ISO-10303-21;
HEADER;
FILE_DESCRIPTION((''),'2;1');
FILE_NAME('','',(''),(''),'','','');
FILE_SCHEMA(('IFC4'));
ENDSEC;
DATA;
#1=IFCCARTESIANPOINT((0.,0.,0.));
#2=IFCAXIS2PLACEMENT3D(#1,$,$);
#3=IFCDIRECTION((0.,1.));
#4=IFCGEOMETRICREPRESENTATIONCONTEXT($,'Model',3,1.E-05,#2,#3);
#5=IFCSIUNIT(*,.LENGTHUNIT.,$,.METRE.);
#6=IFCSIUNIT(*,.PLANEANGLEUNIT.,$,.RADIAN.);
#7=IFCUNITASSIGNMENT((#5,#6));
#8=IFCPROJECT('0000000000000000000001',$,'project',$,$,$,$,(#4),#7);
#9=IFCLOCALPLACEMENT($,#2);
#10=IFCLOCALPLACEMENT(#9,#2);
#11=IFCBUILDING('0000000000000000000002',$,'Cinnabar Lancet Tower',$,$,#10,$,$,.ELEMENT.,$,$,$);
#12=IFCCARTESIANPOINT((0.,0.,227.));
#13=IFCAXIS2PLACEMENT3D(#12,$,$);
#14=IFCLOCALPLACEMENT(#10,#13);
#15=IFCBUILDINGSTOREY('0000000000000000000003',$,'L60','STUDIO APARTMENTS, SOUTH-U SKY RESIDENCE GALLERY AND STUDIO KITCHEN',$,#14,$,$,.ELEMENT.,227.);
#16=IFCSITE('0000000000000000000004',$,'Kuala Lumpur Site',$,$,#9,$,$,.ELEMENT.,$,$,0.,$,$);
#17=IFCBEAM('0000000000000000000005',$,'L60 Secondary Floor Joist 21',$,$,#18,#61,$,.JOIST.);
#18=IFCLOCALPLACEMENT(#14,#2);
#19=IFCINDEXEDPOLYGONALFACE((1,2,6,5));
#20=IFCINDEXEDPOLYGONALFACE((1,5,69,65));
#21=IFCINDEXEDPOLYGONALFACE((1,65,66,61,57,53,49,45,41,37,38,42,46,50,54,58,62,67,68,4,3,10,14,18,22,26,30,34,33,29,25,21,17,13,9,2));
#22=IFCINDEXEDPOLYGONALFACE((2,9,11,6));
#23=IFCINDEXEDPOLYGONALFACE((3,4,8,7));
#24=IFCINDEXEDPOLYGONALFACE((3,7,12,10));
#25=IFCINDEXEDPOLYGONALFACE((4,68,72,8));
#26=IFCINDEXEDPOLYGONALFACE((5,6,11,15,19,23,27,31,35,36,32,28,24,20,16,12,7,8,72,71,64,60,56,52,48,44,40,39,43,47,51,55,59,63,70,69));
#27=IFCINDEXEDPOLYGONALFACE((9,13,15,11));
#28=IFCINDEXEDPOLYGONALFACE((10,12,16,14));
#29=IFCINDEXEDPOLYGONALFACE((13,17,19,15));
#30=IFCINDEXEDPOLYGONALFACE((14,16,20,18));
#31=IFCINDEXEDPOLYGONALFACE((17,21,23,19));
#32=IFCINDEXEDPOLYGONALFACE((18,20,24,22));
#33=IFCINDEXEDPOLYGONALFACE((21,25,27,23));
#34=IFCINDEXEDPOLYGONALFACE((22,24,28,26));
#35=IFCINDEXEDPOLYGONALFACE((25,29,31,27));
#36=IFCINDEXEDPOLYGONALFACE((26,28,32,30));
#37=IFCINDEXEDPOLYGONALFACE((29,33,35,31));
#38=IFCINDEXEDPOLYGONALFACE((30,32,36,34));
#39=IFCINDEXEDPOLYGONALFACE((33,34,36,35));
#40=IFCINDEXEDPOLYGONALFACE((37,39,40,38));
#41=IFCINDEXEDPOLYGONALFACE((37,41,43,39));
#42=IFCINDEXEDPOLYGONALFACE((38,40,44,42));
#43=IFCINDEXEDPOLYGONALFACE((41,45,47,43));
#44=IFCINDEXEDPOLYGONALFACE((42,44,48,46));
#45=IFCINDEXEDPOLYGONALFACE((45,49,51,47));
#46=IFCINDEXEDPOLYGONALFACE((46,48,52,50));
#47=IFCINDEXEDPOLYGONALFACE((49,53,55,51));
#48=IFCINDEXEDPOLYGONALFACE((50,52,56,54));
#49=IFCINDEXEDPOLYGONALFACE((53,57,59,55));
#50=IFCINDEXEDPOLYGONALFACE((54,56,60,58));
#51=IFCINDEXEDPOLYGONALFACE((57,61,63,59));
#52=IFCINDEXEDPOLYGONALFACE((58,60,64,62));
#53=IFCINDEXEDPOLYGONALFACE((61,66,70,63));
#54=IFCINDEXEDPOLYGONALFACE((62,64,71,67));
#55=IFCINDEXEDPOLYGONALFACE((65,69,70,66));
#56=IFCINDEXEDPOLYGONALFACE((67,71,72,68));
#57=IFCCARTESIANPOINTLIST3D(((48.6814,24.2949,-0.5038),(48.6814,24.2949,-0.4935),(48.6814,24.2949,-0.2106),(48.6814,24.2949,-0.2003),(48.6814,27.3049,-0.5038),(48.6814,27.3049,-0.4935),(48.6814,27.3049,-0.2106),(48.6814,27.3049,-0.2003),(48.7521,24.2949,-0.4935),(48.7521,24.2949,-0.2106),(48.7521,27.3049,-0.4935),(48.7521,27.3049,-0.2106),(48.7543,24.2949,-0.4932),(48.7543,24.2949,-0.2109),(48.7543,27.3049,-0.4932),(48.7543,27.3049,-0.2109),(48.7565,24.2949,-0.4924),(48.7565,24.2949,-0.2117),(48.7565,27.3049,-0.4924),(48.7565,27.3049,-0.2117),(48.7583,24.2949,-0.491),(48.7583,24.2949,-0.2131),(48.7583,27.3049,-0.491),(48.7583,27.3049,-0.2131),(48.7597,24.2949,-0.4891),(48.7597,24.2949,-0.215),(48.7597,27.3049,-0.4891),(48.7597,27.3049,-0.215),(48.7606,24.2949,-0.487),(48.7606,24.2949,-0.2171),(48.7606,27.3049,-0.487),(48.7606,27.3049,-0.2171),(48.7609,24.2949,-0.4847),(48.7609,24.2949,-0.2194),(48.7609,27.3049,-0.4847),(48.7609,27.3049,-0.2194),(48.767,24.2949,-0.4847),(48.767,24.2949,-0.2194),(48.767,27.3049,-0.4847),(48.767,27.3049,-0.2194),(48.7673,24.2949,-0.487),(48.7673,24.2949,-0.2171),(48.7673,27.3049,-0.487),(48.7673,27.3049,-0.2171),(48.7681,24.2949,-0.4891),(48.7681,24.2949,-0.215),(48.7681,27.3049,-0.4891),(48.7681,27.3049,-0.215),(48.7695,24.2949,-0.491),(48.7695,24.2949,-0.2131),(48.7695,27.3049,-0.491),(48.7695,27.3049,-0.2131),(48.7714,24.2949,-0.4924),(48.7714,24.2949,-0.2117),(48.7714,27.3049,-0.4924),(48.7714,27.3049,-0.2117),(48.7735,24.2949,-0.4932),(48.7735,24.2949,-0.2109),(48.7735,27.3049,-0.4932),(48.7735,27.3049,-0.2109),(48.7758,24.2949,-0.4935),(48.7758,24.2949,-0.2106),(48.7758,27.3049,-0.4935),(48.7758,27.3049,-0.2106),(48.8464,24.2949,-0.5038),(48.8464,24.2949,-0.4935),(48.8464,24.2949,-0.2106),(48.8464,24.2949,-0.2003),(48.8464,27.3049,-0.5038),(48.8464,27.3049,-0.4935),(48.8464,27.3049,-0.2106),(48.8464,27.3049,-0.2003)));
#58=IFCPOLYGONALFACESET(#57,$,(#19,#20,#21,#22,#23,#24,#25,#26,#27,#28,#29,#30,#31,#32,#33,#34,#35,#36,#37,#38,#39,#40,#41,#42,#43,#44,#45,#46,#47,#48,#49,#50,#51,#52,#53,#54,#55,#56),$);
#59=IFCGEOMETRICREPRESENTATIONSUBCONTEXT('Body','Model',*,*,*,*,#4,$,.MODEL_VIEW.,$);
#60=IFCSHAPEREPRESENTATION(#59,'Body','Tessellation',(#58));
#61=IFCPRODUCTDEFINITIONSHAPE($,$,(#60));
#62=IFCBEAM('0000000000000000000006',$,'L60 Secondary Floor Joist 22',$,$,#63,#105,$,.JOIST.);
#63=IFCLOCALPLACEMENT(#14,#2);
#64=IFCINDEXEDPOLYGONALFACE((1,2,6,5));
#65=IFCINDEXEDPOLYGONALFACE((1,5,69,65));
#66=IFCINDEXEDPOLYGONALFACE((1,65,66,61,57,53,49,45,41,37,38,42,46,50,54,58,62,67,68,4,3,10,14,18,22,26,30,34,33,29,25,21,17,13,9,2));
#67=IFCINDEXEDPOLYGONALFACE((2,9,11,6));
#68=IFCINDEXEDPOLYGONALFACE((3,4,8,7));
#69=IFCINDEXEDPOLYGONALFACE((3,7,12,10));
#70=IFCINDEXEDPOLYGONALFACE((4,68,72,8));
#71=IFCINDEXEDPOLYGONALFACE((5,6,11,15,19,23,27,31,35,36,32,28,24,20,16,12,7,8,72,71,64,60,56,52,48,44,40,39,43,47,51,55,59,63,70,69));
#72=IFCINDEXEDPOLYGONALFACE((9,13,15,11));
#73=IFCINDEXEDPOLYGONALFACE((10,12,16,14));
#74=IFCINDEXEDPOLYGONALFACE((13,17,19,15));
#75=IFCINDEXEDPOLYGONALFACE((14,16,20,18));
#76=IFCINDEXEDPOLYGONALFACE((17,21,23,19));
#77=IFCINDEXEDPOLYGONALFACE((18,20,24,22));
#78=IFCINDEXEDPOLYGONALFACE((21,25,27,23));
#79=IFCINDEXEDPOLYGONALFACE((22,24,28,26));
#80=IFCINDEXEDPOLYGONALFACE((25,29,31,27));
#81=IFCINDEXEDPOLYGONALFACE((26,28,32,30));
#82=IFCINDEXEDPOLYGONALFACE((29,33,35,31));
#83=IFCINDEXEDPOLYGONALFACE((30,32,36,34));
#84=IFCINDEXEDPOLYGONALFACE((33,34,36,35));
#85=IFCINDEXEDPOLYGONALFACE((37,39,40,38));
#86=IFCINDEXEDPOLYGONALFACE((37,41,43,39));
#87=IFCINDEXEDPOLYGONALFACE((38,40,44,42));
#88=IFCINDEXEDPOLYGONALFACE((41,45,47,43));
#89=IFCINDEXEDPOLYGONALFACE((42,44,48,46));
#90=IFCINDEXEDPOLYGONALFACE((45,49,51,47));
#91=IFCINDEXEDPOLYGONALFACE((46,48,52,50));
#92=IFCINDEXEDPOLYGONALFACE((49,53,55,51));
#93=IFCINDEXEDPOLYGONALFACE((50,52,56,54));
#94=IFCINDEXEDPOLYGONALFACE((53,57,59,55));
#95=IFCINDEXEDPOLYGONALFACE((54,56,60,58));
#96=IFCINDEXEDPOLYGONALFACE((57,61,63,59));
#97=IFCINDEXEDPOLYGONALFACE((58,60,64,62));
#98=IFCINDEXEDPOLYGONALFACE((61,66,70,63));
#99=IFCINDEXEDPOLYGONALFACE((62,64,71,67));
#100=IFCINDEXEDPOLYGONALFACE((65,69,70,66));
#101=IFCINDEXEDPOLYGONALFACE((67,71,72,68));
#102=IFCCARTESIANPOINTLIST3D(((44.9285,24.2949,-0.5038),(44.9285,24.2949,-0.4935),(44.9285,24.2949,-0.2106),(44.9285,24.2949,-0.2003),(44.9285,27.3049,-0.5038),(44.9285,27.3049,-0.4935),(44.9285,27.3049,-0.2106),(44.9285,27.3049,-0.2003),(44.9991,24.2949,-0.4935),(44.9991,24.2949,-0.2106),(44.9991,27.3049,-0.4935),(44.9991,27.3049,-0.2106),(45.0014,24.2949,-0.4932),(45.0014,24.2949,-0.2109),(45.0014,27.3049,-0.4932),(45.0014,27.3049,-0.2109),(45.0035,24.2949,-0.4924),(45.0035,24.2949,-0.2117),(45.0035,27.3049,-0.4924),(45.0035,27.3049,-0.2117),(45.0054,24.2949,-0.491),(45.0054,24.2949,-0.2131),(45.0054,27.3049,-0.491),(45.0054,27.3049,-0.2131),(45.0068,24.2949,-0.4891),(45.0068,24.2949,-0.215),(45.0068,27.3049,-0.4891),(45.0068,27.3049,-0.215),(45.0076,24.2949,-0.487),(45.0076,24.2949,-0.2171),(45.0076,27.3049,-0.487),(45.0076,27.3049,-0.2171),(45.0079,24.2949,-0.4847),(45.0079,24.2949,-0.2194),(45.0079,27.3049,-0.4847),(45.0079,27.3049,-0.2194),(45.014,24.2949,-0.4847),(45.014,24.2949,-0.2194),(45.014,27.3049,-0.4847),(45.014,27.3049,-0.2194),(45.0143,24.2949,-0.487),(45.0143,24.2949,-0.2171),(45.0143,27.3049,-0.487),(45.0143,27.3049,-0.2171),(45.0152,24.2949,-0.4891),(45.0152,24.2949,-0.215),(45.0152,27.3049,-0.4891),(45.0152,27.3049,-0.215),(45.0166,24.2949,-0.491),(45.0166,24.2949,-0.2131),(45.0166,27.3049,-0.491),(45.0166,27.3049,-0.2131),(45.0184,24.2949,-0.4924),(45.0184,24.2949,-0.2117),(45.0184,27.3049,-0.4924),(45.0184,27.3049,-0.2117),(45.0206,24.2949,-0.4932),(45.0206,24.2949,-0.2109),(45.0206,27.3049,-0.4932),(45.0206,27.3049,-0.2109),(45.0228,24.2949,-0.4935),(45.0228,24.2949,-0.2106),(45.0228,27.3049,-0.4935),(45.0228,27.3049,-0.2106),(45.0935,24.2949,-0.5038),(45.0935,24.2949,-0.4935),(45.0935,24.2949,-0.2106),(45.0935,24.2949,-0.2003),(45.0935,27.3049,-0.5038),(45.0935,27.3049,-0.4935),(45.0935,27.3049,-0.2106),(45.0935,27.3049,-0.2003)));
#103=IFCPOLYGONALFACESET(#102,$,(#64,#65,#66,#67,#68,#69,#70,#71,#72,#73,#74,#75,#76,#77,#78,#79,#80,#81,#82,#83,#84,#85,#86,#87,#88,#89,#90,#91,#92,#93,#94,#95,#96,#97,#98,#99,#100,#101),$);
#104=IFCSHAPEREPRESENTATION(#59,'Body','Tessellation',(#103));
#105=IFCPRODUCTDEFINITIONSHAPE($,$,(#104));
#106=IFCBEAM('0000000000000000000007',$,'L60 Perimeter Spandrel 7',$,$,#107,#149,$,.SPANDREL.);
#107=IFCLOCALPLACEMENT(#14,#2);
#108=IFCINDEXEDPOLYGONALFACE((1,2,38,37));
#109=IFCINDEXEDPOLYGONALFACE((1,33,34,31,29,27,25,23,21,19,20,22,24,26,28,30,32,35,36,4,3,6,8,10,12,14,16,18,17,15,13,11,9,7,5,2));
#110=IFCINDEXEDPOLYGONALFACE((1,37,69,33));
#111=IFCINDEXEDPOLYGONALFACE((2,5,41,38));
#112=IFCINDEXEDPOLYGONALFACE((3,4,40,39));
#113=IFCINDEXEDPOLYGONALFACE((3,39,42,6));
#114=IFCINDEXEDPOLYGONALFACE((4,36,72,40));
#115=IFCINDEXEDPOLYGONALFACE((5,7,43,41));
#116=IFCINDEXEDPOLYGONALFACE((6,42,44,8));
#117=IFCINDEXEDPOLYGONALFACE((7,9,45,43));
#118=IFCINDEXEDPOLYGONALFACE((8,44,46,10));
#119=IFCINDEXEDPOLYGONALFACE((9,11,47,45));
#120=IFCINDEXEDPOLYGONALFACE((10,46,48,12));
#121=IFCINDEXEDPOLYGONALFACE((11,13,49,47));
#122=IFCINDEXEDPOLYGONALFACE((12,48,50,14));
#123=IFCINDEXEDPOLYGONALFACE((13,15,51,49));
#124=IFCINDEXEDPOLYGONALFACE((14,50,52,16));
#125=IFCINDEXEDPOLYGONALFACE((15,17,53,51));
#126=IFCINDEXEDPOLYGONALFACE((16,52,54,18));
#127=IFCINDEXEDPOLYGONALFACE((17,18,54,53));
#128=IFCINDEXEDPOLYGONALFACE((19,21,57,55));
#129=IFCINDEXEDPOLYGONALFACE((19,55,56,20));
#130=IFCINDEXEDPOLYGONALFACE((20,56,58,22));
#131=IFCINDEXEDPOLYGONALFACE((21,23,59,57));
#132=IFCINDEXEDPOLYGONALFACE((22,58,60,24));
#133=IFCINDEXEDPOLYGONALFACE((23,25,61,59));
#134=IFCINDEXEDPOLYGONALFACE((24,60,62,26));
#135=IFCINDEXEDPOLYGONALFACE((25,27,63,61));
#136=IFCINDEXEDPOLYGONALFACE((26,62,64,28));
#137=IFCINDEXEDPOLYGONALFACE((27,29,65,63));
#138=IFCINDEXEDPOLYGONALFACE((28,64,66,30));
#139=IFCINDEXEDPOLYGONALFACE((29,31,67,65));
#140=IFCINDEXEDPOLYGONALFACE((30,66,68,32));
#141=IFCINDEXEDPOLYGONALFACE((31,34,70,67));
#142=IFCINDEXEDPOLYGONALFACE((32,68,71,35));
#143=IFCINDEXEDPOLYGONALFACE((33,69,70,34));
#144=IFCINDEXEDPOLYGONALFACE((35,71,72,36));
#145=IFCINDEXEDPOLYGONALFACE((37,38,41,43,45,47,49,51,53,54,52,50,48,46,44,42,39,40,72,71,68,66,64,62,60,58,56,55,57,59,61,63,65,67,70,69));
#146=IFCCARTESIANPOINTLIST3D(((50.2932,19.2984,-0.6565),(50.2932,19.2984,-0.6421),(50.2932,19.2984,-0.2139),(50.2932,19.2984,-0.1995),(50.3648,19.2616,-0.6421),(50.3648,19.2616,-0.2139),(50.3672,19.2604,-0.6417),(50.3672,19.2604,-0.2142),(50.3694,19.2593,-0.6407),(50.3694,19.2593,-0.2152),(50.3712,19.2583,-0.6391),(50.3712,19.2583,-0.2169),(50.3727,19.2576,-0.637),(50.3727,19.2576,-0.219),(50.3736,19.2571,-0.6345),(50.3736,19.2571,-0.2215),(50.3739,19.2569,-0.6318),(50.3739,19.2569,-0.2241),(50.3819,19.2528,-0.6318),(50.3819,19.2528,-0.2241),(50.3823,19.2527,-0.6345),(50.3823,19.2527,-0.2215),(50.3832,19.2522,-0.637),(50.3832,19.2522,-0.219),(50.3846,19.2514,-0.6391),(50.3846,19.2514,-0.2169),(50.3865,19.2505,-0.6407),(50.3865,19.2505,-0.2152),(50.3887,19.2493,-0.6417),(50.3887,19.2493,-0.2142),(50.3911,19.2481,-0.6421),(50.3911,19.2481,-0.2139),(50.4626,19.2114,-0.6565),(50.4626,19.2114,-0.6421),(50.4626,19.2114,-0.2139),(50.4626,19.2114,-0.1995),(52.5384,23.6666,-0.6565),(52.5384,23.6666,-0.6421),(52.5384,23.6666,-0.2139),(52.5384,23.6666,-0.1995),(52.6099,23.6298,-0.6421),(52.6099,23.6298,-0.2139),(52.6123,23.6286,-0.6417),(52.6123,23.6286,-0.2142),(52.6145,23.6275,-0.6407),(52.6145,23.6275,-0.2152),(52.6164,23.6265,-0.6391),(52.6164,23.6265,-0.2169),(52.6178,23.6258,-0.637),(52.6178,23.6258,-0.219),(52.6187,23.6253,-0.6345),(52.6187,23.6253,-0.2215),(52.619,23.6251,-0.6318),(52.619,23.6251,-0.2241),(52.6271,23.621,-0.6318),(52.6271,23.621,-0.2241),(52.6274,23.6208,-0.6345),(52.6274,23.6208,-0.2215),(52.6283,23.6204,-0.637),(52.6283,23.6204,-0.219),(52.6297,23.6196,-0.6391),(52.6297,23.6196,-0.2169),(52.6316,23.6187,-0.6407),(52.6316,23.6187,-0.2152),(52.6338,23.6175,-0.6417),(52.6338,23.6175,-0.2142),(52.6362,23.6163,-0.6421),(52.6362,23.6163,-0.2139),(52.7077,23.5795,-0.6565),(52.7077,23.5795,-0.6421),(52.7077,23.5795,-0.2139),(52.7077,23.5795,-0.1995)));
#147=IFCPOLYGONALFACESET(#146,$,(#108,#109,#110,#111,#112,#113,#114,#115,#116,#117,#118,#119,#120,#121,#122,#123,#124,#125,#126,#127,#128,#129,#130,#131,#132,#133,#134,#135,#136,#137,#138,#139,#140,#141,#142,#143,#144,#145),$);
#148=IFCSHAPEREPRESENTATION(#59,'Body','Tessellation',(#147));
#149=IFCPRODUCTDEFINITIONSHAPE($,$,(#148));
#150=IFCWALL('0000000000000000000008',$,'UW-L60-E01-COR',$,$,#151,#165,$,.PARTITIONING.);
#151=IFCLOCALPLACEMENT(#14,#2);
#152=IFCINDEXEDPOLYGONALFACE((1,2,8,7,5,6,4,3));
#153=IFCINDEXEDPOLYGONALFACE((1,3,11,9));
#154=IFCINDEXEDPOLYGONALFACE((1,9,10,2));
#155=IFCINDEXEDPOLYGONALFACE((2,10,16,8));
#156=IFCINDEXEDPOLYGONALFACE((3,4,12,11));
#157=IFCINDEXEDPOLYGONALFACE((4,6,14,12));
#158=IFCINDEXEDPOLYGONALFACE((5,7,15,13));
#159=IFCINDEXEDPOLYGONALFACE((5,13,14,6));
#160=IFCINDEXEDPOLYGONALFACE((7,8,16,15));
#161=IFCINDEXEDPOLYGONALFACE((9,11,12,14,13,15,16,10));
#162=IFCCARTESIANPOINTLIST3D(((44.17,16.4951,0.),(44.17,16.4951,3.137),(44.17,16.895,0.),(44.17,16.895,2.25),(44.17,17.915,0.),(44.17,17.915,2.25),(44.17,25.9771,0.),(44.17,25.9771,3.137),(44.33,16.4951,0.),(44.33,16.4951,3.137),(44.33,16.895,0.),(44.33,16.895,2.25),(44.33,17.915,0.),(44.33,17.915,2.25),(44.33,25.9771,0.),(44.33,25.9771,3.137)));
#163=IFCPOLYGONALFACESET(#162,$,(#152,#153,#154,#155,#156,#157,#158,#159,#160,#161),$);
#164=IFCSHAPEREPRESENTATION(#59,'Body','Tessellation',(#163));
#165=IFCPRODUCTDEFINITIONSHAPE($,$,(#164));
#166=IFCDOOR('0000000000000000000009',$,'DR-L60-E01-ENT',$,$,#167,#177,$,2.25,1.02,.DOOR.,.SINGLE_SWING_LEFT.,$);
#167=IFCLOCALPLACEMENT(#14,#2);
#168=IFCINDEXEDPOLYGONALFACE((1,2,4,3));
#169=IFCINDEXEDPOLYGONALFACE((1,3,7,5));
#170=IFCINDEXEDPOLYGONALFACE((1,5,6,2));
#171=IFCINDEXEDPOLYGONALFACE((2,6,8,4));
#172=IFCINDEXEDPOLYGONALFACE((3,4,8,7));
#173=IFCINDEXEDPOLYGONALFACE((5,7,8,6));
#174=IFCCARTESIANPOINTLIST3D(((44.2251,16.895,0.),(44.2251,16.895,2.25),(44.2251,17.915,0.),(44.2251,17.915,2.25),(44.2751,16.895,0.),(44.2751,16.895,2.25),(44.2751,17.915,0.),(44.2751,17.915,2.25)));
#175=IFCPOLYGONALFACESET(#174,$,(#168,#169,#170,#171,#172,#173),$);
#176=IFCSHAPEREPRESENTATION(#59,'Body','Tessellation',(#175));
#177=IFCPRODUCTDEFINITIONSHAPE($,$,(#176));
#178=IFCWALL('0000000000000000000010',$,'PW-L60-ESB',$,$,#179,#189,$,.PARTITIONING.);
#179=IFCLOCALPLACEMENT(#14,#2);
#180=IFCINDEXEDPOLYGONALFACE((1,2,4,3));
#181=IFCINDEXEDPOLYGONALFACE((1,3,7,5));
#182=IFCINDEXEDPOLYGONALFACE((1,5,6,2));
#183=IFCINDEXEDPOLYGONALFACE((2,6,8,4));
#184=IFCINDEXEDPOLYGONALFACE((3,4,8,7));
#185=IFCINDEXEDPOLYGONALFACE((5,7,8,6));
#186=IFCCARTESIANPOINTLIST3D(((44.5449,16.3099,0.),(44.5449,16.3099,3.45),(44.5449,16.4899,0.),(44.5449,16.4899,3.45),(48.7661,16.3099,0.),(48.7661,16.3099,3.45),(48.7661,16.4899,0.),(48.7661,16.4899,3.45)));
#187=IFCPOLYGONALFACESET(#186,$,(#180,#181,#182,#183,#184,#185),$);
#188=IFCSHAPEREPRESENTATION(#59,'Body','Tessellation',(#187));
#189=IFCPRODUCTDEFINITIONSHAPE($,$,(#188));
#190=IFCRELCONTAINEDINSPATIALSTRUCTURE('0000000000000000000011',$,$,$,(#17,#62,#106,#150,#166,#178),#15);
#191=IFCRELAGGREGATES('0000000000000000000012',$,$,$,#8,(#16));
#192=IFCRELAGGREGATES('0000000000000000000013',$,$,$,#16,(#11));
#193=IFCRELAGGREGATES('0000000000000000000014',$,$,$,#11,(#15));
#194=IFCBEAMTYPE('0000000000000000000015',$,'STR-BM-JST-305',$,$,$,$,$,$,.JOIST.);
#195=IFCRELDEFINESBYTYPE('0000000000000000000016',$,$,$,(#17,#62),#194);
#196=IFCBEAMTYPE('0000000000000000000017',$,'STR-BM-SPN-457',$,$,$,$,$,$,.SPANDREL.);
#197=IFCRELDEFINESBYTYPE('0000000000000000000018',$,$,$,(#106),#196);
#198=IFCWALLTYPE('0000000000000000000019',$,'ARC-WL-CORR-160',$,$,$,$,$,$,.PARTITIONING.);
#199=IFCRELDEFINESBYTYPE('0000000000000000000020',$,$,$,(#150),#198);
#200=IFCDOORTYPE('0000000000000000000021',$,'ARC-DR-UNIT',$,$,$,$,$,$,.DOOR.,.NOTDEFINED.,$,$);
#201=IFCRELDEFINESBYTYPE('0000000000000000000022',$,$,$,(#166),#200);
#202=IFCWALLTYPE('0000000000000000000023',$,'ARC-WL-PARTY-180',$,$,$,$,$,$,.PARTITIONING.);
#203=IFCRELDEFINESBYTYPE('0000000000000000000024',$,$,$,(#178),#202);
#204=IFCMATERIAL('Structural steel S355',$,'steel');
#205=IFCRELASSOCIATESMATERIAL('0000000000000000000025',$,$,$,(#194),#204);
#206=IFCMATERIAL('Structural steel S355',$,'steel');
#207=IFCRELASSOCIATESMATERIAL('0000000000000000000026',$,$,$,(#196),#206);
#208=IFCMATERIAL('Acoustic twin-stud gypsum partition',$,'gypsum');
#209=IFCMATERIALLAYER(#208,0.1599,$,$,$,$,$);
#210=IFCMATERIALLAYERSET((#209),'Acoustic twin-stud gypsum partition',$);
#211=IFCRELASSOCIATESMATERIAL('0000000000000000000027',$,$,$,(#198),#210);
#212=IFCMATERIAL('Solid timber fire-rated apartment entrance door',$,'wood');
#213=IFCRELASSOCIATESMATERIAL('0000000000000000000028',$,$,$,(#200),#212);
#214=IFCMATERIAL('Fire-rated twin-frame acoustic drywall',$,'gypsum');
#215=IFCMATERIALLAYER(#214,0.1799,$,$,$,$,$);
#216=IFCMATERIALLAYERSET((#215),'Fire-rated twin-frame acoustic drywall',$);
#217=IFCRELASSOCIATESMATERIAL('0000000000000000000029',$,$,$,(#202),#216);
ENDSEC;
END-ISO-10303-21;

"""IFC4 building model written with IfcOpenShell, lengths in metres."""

from ifc_helpers import new_model, si_unit, direction, frame, frame_2d, origin, origin_2d, place, context, subcontext, project, spatial, rectangle, i_section, extrude, material, layer, layer_set, material_profile, profile_set, type_object, element, fill, save


model = new_model("IFC4")

# Units and contexts
model_context = context("Model", 3, precision=1e-05, world=origin(), true_north=direction((0.0, 1.0)))
body_context = subcontext(model_context, "Body", "Model", "MODEL_VIEW")
ifc_project = project(units=[si_unit("LENGTHUNIT", "METRE"), si_unit("PLANEANGLEUNIT", "RADIAN")], contexts=[model_context])

# Site, building, storey
site_placement = place(None, origin())
site = spatial("IfcSite", under=ifc_project, at=site_placement, Name="Kuala Lumpur Site", CompositionType="ELEMENT", RefElevation=0.0)
building_placement = place(site_placement, origin())
building = spatial("IfcBuilding", under=site, at=building_placement, Name="Cinnabar Lancet Tower", CompositionType="ELEMENT")
storey_placement = place(building_placement, frame((0.0, 0.0, 227.0)))
storey = spatial("IfcBuildingStorey", under=building, at=storey_placement, Name="L60", Description="STUDIO APARTMENTS, SOUTH-U SKY RESIDENCE GALLERY AND STUDIO KITCHEN", CompositionType="ELEMENT", Elevation=227.0)

# Beams
ifc_material_1 = material(Name="Structural steel S355", Category="steel")
ifc_material_profile_1 = material_profile(ifc_material_1, i_section(OverallWidth=0.165, OverallDepth=0.3035, WebThickness=0.0061, FlangeThickness=0.0103, FilletRadius=0.0088, at=origin_2d()), Name="UKB 305x165x40")
ifc_profile_set_1 = profile_set([ifc_material_profile_1], Name="Structural steel S355")
beam_type_1 = type_object("IfcBeamType", Name="STR-BM-JST-305", PredefinedType="JOIST", material=ifc_profile_set_1)
for number, where, z_axis, x_axis, name in (
    (1, (48.7639, 24.2949, -0.3521), (0.0, 1.0, 0.0), (-1.0, 0.0, 0.0), "L60 Secondary Floor Joist 21"),
    (2, (45.011, 24.2949, -0.3521), (0.0, 1.0, 0.0), (-1.0, 0.0, 0.0), "L60 Secondary Floor Joist 22"),
):
    element("IfcBeam", number, at=place(storey_placement, frame(where, z_axis=z_axis, x_axis=x_axis)), inside=storey, type_object=beam_type_1, Name=name, PredefinedType="JOIST", context=body_context, shape_type="SweptSolid", body=[
        extrude(i_section(OverallWidth=0.165, OverallDepth=0.3035, WebThickness=0.0061, FlangeThickness=0.0103, FilletRadius=0.0088, at=origin_2d()), origin(), (0.0, 0.0, 1.0), 3.01),
    ])
ifc_material_2 = material(Name="Structural steel S355", Category="steel")
ifc_material_profile_2 = material_profile(ifc_material_2, i_section(OverallWidth=0.1904, OverallDepth=0.457, WebThickness=0.009, FlangeThickness=0.0144, FilletRadius=0.0103, at=origin_2d()), Name="UKB 457x191x74")
ifc_profile_set_2 = profile_set([ifc_material_profile_2], Name="Structural steel S355")
beam_type_2 = type_object("IfcBeamType", Name="STR-BM-SPN-457", PredefinedType="SPANDREL", material=ifc_profile_set_2)
beam_1_placement = place(storey_placement, frame((50.3779, 19.2549, -0.428), z_axis=(0.457128, 0.889401, 0.0), x_axis=(-0.889401, 0.457128, 0.0)))
element("IfcBeam", 3, at=beam_1_placement, inside=storey, type_object=beam_type_2, Name="L60 Perimeter Spandrel 7", PredefinedType="SPANDREL", context=body_context, shape_type="SweptSolid", body=[
    extrude(i_section(OverallWidth=0.1904, OverallDepth=0.457, WebThickness=0.009, FlangeThickness=0.0144, FilletRadius=0.0103, at=origin_2d()), origin(), (0.0, 0.0, 1.0), 4.9114),
])

# Wall, opening, door
ifc_material_3 = material(Name="Acoustic twin-stud gypsum partition", Category="gypsum")
ifc_layer_1 = layer(ifc_material_3, 0.1599)
ifc_layer_set_1 = layer_set([ifc_layer_1], Name="Acoustic twin-stud gypsum partition")
wall_type_1 = type_object("IfcWallType", Name="ARC-WL-CORR-160", PredefinedType="PARTITIONING", material=ifc_layer_set_1)
wall_1_placement = place(storey_placement, frame((44.25, 16.4951, 0.0), z_axis=(0.0, 0.0, 1.0), x_axis=(0.0, 1.0, 0.0)))
wall_1 = element("IfcWall", 4, at=wall_1_placement, inside=storey, type_object=wall_type_1, Name="UW-L60-E01-COR", PredefinedType="PARTITIONING", context=body_context, shape_type="SweptSolid", body=[
    extrude(rectangle(XDim=9.4819, YDim=0.1599, at=frame_2d((4.741, 0.0))), origin(), (0.0, 0.0, 1.0), 3.137),
])
opening_1_placement = place(wall_1_placement, frame((0.3999, 0.0, 0.0)))
opening_1 = element("IfcOpeningElement", 5, at=opening_1_placement, cuts=wall_1, PredefinedType="OPENING", context=body_context, shape_type="SweptSolid", body=[
    extrude(rectangle(XDim=1.02, YDim=2.25, at=frame_2d((0.51, 1.125))), frame((0.0, 0.0898, 0.0), z_axis=(0.0, -1.0, 0.0), x_axis=(1.0, 0.0, 0.0)), (0.0, 0.0, 1.0), 0.1799),
])
ifc_material_4 = material(Name="Solid timber fire-rated apartment entrance door", Category="wood")
door_type_1 = type_object("IfcDoorType", Name="ARC-DR-UNIT", OperationType="NOTDEFINED", PredefinedType="DOOR", material=ifc_material_4)
door_1_placement = place(opening_1_placement, origin())
door_1 = element("IfcDoor", 6, at=door_1_placement, inside=storey, type_object=door_type_1, Name="DR-L60-E01-ENT", OperationType="SINGLE_SWING_LEFT", OverallHeight=2.25, OverallWidth=1.02, PredefinedType="DOOR", context=body_context, shape_type="SweptSolid", body=[
    extrude(rectangle(XDim=1.02, YDim=2.25, at=frame_2d((0.51, 1.125))), frame((0.0, 0.0249, 0.0), z_axis=(0.0, -1.0, 0.0), x_axis=(1.0, 0.0, 0.0)), (0.0, 0.0, 1.0), 0.05),
])
fill(opening_1, door_1)

# Wall
ifc_material_5 = material(Name="Fire-rated twin-frame acoustic drywall", Category="gypsum")
ifc_layer_2 = layer(ifc_material_5, 0.1799)
ifc_layer_set_2 = layer_set([ifc_layer_2], Name="Fire-rated twin-frame acoustic drywall")
wall_type_2 = type_object("IfcWallType", Name="ARC-WL-PARTY-180", PredefinedType="PARTITIONING", material=ifc_layer_set_2)
wall_2_placement = place(storey_placement, frame((44.5449, 16.3999, 0.0), z_axis=(0.0, 0.0, 1.0), x_axis=(1.0, 0.0, 0.0)))
element("IfcWall", 7, at=wall_2_placement, inside=storey, type_object=wall_type_2, Name="PW-L60-ESB", PredefinedType="PARTITIONING", context=body_context, shape_type="SweptSolid", body=[
    extrude(rectangle(XDim=4.2212, YDim=0.1799, at=frame_2d((2.1106, 0.0))), origin(), (0.0, 0.0, 1.0), 3.45),
])

save(model, "model.ifc")
